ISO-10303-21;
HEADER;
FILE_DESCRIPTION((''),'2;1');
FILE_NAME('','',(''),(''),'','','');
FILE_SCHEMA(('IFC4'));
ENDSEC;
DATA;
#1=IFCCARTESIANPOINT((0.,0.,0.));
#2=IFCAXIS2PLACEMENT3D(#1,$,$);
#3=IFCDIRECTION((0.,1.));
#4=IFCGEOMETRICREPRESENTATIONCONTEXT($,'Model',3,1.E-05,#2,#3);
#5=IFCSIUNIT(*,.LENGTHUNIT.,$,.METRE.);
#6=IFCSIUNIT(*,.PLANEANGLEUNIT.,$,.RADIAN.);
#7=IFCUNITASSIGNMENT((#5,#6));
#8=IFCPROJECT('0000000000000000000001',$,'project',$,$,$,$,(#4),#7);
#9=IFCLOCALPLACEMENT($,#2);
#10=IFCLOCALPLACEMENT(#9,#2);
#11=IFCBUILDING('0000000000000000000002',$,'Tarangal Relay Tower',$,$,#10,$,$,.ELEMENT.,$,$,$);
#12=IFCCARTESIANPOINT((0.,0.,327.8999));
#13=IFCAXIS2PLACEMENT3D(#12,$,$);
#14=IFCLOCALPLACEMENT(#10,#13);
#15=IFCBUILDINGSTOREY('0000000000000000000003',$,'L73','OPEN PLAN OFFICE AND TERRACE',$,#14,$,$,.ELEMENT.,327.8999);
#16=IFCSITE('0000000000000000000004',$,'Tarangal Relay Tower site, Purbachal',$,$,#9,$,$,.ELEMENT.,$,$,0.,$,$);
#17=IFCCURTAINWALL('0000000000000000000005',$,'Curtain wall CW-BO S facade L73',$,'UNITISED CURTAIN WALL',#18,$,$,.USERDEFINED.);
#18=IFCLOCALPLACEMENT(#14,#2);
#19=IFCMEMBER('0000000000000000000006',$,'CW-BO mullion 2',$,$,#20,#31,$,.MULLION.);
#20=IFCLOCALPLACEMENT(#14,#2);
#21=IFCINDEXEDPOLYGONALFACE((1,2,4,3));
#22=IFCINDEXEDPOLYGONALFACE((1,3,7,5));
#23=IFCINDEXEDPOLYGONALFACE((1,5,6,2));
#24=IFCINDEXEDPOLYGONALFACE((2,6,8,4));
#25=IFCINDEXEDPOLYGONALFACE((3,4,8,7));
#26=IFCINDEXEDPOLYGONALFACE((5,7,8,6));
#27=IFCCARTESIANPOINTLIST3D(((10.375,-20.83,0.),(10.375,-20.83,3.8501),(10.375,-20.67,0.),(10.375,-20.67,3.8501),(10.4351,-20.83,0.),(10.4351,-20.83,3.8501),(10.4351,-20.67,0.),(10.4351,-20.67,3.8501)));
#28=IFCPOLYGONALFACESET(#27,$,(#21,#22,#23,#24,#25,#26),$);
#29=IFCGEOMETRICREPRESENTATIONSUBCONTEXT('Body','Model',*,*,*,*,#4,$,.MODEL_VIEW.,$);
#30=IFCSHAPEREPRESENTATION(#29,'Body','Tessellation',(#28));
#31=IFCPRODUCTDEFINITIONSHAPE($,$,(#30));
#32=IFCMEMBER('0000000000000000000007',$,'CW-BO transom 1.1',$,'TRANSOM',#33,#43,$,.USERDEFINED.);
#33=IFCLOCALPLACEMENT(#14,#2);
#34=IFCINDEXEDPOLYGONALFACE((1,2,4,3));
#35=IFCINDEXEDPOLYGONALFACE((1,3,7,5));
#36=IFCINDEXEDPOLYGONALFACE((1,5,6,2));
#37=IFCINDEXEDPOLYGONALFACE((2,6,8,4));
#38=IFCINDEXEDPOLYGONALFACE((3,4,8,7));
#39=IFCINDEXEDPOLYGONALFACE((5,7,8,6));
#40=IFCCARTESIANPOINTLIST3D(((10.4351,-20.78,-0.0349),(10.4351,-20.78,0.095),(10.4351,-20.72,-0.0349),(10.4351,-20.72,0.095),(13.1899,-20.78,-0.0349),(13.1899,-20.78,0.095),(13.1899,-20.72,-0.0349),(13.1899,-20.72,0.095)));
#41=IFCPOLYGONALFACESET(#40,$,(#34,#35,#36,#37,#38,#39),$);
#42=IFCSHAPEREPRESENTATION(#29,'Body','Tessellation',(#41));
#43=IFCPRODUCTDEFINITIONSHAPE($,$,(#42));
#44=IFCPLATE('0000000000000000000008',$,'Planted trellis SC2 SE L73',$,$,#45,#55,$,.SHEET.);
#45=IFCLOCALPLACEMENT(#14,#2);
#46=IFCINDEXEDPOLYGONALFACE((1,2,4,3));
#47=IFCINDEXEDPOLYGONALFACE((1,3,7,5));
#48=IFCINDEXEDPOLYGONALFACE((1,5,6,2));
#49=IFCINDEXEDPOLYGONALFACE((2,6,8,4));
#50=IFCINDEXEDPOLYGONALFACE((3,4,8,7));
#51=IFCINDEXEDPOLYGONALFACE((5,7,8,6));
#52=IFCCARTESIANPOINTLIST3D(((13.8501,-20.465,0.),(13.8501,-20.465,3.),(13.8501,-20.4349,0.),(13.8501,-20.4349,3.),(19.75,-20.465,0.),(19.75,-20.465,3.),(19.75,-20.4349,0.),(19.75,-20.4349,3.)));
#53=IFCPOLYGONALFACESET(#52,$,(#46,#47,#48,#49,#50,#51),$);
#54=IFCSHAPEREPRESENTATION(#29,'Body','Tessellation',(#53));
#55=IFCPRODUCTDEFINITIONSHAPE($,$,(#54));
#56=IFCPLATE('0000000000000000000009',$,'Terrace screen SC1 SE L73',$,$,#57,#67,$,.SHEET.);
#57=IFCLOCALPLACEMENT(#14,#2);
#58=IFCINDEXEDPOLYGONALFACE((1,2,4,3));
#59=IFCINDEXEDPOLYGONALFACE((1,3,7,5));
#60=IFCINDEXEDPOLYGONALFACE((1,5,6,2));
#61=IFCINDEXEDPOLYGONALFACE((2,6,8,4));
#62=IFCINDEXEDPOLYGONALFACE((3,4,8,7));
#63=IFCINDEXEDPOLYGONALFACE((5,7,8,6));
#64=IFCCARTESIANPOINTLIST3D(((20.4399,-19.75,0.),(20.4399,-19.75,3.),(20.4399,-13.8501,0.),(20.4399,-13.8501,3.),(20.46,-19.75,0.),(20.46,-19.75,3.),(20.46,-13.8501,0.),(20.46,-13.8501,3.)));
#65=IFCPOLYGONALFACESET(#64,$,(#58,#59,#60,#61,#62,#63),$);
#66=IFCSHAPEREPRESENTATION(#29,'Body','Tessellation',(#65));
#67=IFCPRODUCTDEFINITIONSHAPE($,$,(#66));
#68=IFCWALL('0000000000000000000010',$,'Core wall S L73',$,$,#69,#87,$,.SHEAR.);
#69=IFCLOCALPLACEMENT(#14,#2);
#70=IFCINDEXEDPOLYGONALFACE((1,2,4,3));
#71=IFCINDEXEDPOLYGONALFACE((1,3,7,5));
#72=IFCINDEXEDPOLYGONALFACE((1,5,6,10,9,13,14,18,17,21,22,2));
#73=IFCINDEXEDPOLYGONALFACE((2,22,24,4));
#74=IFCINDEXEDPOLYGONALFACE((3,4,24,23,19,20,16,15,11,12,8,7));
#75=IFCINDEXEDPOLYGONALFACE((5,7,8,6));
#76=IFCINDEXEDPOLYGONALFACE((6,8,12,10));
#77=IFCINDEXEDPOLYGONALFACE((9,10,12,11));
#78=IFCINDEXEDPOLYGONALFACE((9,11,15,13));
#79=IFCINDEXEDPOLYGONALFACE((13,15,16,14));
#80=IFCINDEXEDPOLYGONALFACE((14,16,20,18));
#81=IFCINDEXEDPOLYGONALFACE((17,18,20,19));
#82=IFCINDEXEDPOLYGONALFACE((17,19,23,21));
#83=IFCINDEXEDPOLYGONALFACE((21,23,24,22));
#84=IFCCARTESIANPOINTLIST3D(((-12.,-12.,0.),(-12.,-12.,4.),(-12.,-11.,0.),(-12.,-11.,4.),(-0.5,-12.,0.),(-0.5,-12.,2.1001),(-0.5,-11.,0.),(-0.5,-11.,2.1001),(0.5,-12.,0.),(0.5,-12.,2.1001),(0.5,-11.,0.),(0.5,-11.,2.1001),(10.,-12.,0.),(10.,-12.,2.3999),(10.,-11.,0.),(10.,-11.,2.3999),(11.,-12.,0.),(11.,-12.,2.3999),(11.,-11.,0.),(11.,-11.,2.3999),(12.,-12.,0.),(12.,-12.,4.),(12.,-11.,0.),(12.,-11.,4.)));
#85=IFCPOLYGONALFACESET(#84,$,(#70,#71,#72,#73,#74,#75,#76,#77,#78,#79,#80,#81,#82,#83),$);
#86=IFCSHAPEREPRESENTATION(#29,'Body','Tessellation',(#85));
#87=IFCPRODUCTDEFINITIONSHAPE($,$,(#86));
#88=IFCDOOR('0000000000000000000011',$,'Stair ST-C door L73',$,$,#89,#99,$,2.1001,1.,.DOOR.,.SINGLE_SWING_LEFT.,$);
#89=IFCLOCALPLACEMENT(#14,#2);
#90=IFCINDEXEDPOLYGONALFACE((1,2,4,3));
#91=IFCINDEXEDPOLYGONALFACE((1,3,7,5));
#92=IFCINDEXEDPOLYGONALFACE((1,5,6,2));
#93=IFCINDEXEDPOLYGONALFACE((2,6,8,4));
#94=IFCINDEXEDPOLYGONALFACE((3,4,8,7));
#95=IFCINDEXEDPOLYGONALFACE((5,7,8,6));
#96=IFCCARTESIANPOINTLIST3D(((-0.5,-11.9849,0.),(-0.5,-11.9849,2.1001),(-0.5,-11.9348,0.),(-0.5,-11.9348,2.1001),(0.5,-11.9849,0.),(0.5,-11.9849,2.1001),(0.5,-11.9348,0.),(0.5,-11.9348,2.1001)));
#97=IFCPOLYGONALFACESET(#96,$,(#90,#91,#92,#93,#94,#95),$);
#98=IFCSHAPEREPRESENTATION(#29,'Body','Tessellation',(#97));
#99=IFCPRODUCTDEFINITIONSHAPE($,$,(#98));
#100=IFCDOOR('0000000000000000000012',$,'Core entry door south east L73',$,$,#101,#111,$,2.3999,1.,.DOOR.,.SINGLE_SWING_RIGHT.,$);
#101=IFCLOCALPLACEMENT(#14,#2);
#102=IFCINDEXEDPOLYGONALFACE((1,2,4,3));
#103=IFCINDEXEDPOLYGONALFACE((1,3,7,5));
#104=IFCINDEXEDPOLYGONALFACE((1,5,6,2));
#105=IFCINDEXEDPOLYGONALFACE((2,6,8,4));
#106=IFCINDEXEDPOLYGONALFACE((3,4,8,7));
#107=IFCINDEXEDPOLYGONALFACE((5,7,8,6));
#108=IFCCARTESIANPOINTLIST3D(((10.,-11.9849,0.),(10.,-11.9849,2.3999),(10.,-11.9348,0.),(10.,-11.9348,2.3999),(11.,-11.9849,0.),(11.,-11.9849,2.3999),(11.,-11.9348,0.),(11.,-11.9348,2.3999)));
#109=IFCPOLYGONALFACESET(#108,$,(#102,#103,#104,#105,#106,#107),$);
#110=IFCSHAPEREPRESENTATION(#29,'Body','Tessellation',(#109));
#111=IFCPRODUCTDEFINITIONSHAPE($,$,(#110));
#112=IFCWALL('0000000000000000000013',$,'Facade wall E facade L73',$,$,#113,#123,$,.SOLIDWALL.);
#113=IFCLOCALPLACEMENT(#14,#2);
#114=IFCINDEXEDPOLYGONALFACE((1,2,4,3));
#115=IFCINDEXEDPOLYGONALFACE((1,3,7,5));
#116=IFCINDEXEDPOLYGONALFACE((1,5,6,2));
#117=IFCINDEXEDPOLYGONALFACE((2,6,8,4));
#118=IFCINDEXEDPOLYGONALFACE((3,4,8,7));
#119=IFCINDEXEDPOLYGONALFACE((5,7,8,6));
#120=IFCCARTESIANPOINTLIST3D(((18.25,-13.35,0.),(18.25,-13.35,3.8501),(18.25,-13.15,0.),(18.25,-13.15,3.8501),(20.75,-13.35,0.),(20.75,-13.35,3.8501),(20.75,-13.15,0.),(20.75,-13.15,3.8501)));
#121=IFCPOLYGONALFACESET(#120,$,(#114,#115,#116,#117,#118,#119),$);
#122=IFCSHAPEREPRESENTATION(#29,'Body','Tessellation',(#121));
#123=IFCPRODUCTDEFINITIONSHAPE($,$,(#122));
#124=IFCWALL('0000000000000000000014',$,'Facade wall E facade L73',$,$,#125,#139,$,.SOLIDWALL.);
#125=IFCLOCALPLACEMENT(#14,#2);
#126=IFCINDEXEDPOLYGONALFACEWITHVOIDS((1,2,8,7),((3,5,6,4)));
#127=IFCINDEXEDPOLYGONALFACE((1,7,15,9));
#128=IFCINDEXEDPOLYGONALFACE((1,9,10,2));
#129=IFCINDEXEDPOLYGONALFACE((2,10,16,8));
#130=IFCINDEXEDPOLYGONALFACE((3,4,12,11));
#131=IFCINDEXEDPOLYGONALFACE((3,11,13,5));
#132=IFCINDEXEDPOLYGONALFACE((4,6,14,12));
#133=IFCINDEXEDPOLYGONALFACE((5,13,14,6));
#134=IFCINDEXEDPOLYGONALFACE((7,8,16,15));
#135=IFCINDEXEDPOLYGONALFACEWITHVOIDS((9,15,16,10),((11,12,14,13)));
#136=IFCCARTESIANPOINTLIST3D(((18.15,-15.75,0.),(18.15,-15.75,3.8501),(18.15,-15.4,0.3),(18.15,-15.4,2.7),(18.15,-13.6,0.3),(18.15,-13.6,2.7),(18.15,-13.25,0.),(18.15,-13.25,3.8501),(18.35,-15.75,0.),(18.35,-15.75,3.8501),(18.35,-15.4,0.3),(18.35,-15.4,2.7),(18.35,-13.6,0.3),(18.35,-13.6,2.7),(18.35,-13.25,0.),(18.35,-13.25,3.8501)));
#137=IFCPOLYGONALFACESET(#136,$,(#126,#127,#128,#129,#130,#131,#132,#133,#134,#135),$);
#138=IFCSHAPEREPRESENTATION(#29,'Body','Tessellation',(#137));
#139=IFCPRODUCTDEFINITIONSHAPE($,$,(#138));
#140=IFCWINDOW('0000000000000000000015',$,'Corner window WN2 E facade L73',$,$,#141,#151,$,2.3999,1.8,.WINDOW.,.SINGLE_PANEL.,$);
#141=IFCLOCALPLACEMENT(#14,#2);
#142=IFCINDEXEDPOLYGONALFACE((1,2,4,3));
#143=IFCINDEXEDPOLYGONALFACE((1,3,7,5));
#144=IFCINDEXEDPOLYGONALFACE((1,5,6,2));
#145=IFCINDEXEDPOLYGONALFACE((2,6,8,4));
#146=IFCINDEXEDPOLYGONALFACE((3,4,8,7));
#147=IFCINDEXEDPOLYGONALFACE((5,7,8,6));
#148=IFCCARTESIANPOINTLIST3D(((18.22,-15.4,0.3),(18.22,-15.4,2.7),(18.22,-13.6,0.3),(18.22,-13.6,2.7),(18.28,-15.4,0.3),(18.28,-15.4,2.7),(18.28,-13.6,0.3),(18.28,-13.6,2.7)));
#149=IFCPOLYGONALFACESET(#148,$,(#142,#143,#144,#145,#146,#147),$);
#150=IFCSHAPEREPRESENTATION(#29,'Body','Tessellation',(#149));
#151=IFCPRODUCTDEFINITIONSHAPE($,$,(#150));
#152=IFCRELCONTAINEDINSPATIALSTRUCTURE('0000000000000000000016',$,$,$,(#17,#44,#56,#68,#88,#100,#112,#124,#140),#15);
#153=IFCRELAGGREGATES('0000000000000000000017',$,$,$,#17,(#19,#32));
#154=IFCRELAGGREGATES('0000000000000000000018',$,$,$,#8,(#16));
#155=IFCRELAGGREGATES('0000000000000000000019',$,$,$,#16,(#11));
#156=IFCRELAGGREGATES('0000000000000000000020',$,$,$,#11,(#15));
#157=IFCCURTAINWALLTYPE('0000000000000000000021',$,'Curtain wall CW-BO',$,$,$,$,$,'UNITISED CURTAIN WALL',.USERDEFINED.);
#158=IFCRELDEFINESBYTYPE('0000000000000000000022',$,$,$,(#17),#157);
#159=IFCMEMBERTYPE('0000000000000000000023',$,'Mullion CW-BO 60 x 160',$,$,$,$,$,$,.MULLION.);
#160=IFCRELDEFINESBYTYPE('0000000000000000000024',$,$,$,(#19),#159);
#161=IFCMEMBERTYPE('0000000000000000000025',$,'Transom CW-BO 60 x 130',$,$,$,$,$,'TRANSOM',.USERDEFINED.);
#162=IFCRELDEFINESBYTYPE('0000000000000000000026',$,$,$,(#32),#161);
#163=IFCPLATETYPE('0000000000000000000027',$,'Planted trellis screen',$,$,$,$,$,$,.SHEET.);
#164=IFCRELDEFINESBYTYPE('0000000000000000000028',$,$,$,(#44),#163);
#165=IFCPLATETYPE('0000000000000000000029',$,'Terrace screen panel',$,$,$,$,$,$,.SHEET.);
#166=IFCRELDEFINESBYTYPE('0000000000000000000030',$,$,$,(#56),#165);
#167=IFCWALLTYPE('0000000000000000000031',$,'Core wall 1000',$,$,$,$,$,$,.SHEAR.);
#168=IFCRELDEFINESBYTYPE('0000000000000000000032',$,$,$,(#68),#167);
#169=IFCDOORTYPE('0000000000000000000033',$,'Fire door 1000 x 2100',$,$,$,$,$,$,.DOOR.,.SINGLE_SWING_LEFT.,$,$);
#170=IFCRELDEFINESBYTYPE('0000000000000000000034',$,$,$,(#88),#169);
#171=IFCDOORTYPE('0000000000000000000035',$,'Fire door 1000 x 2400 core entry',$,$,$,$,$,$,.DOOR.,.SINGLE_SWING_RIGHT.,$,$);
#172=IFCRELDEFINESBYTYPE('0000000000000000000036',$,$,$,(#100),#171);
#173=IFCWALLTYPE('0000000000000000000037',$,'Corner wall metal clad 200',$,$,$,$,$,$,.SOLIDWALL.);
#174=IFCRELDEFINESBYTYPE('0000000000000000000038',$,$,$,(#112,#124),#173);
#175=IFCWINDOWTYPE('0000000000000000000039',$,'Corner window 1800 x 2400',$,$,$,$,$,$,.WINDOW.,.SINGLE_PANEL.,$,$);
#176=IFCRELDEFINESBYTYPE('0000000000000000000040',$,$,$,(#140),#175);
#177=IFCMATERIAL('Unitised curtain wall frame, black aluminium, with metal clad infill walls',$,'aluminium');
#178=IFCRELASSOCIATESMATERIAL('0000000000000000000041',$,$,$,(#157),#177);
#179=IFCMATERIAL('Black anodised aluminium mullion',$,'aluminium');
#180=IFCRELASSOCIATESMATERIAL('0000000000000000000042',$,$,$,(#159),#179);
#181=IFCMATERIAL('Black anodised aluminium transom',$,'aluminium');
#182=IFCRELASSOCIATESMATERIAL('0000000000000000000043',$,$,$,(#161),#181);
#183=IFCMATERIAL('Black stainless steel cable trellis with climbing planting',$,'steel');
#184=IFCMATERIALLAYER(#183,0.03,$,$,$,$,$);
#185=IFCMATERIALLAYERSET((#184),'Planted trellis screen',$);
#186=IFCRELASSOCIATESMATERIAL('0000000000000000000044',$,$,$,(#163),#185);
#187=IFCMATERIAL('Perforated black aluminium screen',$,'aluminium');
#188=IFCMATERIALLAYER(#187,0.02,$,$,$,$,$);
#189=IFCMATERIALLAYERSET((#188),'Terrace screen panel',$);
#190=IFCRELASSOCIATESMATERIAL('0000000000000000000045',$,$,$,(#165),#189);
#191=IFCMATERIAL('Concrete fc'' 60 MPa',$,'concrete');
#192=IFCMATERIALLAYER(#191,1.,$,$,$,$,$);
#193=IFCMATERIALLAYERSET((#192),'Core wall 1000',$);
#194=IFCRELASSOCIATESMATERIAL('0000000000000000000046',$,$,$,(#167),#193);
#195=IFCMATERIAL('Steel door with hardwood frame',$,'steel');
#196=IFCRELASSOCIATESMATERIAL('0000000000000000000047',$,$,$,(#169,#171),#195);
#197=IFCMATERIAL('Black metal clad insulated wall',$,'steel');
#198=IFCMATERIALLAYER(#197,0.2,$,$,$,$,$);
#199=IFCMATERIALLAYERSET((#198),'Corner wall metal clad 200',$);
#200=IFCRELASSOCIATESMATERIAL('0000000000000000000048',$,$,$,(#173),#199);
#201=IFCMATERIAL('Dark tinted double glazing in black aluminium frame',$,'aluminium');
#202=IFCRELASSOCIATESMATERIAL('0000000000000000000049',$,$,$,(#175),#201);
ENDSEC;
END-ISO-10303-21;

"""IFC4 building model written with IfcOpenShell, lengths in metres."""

from ifc_helpers import new_model, si_unit, direction, frame, frame_2d, origin, origin_2d, place, context, subcontext, project, spatial, rectangle, extrude, material, layer, layer_set, material_profile, profile_set, type_object, element, fill, aggregate, save


model = new_model("IFC4")

# Units and contexts
model_context = context("Model", 3, precision=1e-05, world=origin(), true_north=direction((0.0, 1.0)))
body_context = subcontext(model_context, "Body", "Model", "MODEL_VIEW")
ifc_project = project(units=[si_unit("LENGTHUNIT", "METRE"), si_unit("PLANEANGLEUNIT", "RADIAN")], contexts=[model_context])

# Site, building, storey
site_placement = place(None, origin())
site = spatial("IfcSite", under=ifc_project, at=site_placement, Name="Tarangal Relay Tower site, Purbachal", CompositionType="ELEMENT", RefElevation=0.0)
building_placement = place(site_placement, origin())
building = spatial("IfcBuilding", under=site, at=building_placement, Name="Tarangal Relay Tower", CompositionType="ELEMENT")
storey_placement = place(building_placement, frame((0.0, 0.0, 327.8999)))
storey = spatial("IfcBuildingStorey", under=building, at=storey_placement, Name="L73", Description="OPEN PLAN OFFICE AND TERRACE", CompositionType="ELEMENT", Elevation=327.8999)

# Shared definitions
ifc_material_1 = material(Name="Unitised curtain wall frame, black aluminium, with metal clad infill walls", Category="aluminium")
curtain_wall_type = type_object("IfcCurtainWallType", Name="Curtain wall CW-BO", ElementType="UNITISED CURTAIN WALL", PredefinedType="USERDEFINED", material=ifc_material_1)
ifc_material_2 = material(Name="Black anodised aluminium mullion", Category="aluminium")
ifc_material_profile_1 = material_profile(ifc_material_2, rectangle(XDim=0.1599, YDim=0.0601, at=origin_2d()), Name="CW-BOM 60X160")
ifc_profile_set_1 = profile_set([ifc_material_profile_1], Name="Black anodised aluminium mullion")
member_type_1 = type_object("IfcMemberType", Name="Mullion CW-BO 60 x 160", PredefinedType="MULLION", material=ifc_profile_set_1)

# Curtain wall, members
curtain_wall_1_placement = place(storey_placement, origin())
curtain_wall_1 = element("IfcCurtainWall", 1, at=curtain_wall_1_placement, inside=storey, type_object=curtain_wall_type, Name="Curtain wall CW-BO S facade L73", ObjectType="UNITISED CURTAIN WALL", PredefinedType="USERDEFINED")
member_1_placement = place(storey_placement, frame((10.405, -20.75, 0.0), z_axis=(0.0, 0.0, 1.0), x_axis=(0.0, -1.0, 0.0)))
member_1 = element("IfcMember", 2, at=member_1_placement, type_object=member_type_1, Name="CW-BO mullion 2", PredefinedType="MULLION", context=body_context, shape_type="SweptSolid", body=[
    extrude(rectangle(XDim=0.1599, YDim=0.0601, at=origin_2d()), origin(), (0.0, 0.0, 1.0), 3.8501),
])
ifc_material_3 = material(Name="Black anodised aluminium transom", Category="aluminium")
ifc_material_profile_2 = material_profile(ifc_material_3, rectangle(XDim=0.0601, YDim=0.1299, at=origin_2d()), Name="CW-BOT 60X130")
ifc_profile_set_2 = profile_set([ifc_material_profile_2], Name="Black anodised aluminium transom")
member_type_2 = type_object("IfcMemberType", Name="Transom CW-BO 60 x 130", ElementType="TRANSOM", PredefinedType="USERDEFINED", material=ifc_profile_set_2)
member_2_placement = place(storey_placement, frame((13.1899, -20.75, 0.03), z_axis=(-1.0, 0.0, 0.0), x_axis=(0.0, -1.0, 0.0)))
member_2 = element("IfcMember", 3, at=member_2_placement, type_object=member_type_2, Name="CW-BO transom 1.1", ObjectType="TRANSOM", PredefinedType="USERDEFINED", context=body_context, shape_type="SweptSolid", body=[
    extrude(rectangle(XDim=0.0601, YDim=0.1299, at=origin_2d()), origin(), (0.0, 0.0, 1.0), 2.7549),
])
aggregate(curtain_wall_1, [member_1, member_2])

# Plates
ifc_material_4 = material(Name="Black stainless steel cable trellis with climbing planting", Category="steel")
ifc_layer_1 = layer(ifc_material_4, 0.03)
ifc_layer_set_1 = layer_set([ifc_layer_1], Name="Planted trellis screen")
plate_type_1 = type_object("IfcPlateType", Name="Planted trellis screen", PredefinedType="SHEET", material=ifc_layer_set_1)
plate_1_placement = place(storey_placement, frame((16.8, -20.45, 0.0), z_axis=(0.0, 0.0, 1.0), x_axis=(-1.0, 0.0, 0.0)))
element("IfcPlate", 4, at=plate_1_placement, inside=storey, type_object=plate_type_1, Name="Planted trellis SC2 SE L73", PredefinedType="SHEET", context=body_context, shape_type="SweptSolid", body=[
    extrude(rectangle(XDim=5.8999, YDim=0.03, at=origin_2d()), origin(), (0.0, 0.0, 1.0), 3.0),
])
ifc_material_5 = material(Name="Perforated black aluminium screen", Category="aluminium")
ifc_layer_2 = layer(ifc_material_5, 0.02)
ifc_layer_set_2 = layer_set([ifc_layer_2], Name="Terrace screen panel")
plate_type_2 = type_object("IfcPlateType", Name="Terrace screen panel", PredefinedType="SHEET", material=ifc_layer_set_2)
plate_2_placement = place(storey_placement, frame((20.45, -16.8, 0.0), z_axis=(0.0, 0.0, 1.0), x_axis=(0.0, -1.0, 0.0)))
element("IfcPlate", 5, at=plate_2_placement, inside=storey, type_object=plate_type_2, Name="Terrace screen SC1 SE L73", PredefinedType="SHEET", context=body_context, shape_type="SweptSolid", body=[
    extrude(rectangle(XDim=5.8999, YDim=0.02, at=origin_2d()), origin(), (0.0, 0.0, 1.0), 3.0),
])

# Wall, openings, doors
ifc_material_6 = material(Name="Concrete fc' 60 MPa", Category="concrete")
ifc_layer_3 = layer(ifc_material_6, 1.0)
ifc_layer_set_3 = layer_set([ifc_layer_3], Name="Core wall 1000")
wall_type_1 = type_object("IfcWallType", Name="Core wall 1000", PredefinedType="SHEAR", material=ifc_layer_set_3)
wall_1_placement = place(storey_placement, frame((12.0, -11.5, 0.0), z_axis=(0.0, 0.0, 1.0), x_axis=(-1.0, 0.0, 0.0)))
wall_1 = element("IfcWall", 6, at=wall_1_placement, inside=storey, type_object=wall_type_1, Name="Core wall S L73", PredefinedType="SHEAR", context=body_context, shape_type="SweptSolid", body=[
    extrude(rectangle(XDim=24.0, YDim=1.0, at=frame_2d((12.0, 0.0))), origin(), (0.0, 0.0, 1.0), 4.0),
])
opening_1_placement = place(wall_1_placement, frame((11.5, 0.0, 0.0)))
opening_1 = element("IfcOpeningElement", 7, at=opening_1_placement, cuts=wall_1, PredefinedType="OPENING", context=body_context, shape_type="SweptSolid", body=[
    extrude(rectangle(XDim=1.0, YDim=2.1001, at=frame_2d((0.5, 1.05))), frame((0.0, 0.51, 0.0), z_axis=(0.0, -1.0, 0.0), x_axis=(1.0, 0.0, 0.0)), (0.0, 0.0, 1.0), 1.02),
])
opening_2_placement = place(wall_1_placement, frame((1.0, 0.0, 0.0)))
opening_2 = element("IfcOpeningElement", 8, at=opening_2_placement, cuts=wall_1, PredefinedType="OPENING", context=body_context, shape_type="SweptSolid", body=[
    extrude(rectangle(XDim=1.0, YDim=2.3999, at=frame_2d((0.5, 1.2))), frame((0.0, 0.51, 0.0), z_axis=(0.0, -1.0, 0.0), x_axis=(1.0, 0.0, 0.0)), (0.0, 0.0, 1.0), 1.02),
])
ifc_material_7 = material(Name="Steel door with hardwood frame", Category="steel")
door_type_1 = type_object("IfcDoorType", Name="Fire door 1000 x 2100", OperationType="SINGLE_SWING_LEFT", PredefinedType="DOOR", material=ifc_material_7)
door_1_placement = place(opening_1_placement, origin())
door_1 = element("IfcDoor", 9, at=door_1_placement, inside=storey, type_object=door_type_1, Name="Stair ST-C door L73", OperationType="SINGLE_SWING_LEFT", OverallHeight=2.1001, OverallWidth=1.0, PredefinedType="DOOR", context=body_context, shape_type="SweptSolid", body=[
    extrude(rectangle(XDim=1.0, YDim=2.1001, at=frame_2d((0.5, 1.05))), frame((0.0, 0.4849, 0.0), z_axis=(0.0, -1.0, 0.0), x_axis=(1.0, 0.0, 0.0)), (0.0, 0.0, 1.0), 0.05),
])
fill(opening_1, door_1)
door_type_2 = type_object("IfcDoorType", Name="Fire door 1000 x 2400 core entry", OperationType="SINGLE_SWING_RIGHT", PredefinedType="DOOR", material=ifc_material_7)
door_2_placement = place(opening_2_placement, origin())
door_2 = element("IfcDoor", 10, at=door_2_placement, inside=storey, type_object=door_type_2, Name="Core entry door south east L73", OperationType="SINGLE_SWING_RIGHT", OverallHeight=2.3999, OverallWidth=1.0, PredefinedType="DOOR", context=body_context, shape_type="SweptSolid", body=[
    extrude(rectangle(XDim=1.0, YDim=2.3999, at=frame_2d((0.5, 1.2))), frame((0.0, 0.4849, 0.0), z_axis=(0.0, -1.0, 0.0), x_axis=(1.0, 0.0, 0.0)), (0.0, 0.0, 1.0), 0.05),
])
fill(opening_2, door_2)

# Wall
ifc_material_8 = material(Name="Black metal clad insulated wall", Category="steel")
ifc_layer_4 = layer(ifc_material_8, 0.2)
ifc_layer_set_4 = layer_set([ifc_layer_4], Name="Corner wall metal clad 200")
wall_type_2 = type_object("IfcWallType", Name="Corner wall metal clad 200", PredefinedType="SOLIDWALL", material=ifc_layer_set_4)
wall_2_placement = place(storey_placement, frame((20.75, -13.25, 0.0), z_axis=(0.0, 0.0, 1.0), x_axis=(-1.0, 0.0, 0.0)))
element("IfcWall", 11, at=wall_2_placement, inside=storey, type_object=wall_type_2, Name="Facade wall E facade L73", PredefinedType="SOLIDWALL", context=body_context, shape_type="SweptSolid", body=[
    extrude(rectangle(XDim=2.5, YDim=0.2, at=frame_2d((1.25, 0.0))), origin(), (0.0, 0.0, 1.0), 3.8501),
])

# Wall, opening, window
wall_3_placement = place(storey_placement, frame((18.25, -13.25, 0.0), z_axis=(0.0, 0.0, 1.0), x_axis=(0.0, -1.0, 0.0)))
wall_3 = element("IfcWall", 12, at=wall_3_placement, inside=storey, type_object=wall_type_2, Name="Facade wall E facade L73", PredefinedType="SOLIDWALL", context=body_context, shape_type="SweptSolid", body=[
    extrude(rectangle(XDim=2.5, YDim=0.2, at=frame_2d((1.25, 0.0))), origin(), (0.0, 0.0, 1.0), 3.8501),
])
opening_3_placement = place(wall_3_placement, frame((0.3501, 0.0, 0.3)))
opening_3 = element("IfcOpeningElement", 13, at=opening_3_placement, cuts=wall_3, PredefinedType="OPENING", context=body_context, shape_type="SweptSolid", body=[
    extrude(rectangle(XDim=1.8, YDim=2.3999, at=frame_2d((0.8999, 1.2))), frame((0.0, 0.1099, 0.0), z_axis=(0.0, -1.0, 0.0), x_axis=(1.0, 0.0, 0.0)), (0.0, 0.0, 1.0), 0.22),
])
ifc_material_9 = material(Name="Dark tinted double glazing in black aluminium frame", Category="aluminium")
window_type = type_object("IfcWindowType", Name="Corner window 1800 x 2400", PartitioningType="SINGLE_PANEL", PredefinedType="WINDOW", material=ifc_material_9)
window_1_placement = place(opening_3_placement, origin())
window_1 = element("IfcWindow", 14, at=window_1_placement, inside=storey, type_object=window_type, Name="Corner window WN2 E facade L73", OverallHeight=2.3999, OverallWidth=1.8, PartitioningType="SINGLE_PANEL", PredefinedType="WINDOW", context=body_context, shape_type="SweptSolid", body=[
    extrude(rectangle(XDim=1.8, YDim=2.3999, at=frame_2d((0.8999, 1.2))), frame((0.0, 0.03, 0.0), z_axis=(0.0, -1.0, 0.0), x_axis=(1.0, 0.0, 0.0)), (0.0, 0.0, 1.0), 0.0601),
])
fill(opening_3, window_1)

save(model, "model.ifc")
